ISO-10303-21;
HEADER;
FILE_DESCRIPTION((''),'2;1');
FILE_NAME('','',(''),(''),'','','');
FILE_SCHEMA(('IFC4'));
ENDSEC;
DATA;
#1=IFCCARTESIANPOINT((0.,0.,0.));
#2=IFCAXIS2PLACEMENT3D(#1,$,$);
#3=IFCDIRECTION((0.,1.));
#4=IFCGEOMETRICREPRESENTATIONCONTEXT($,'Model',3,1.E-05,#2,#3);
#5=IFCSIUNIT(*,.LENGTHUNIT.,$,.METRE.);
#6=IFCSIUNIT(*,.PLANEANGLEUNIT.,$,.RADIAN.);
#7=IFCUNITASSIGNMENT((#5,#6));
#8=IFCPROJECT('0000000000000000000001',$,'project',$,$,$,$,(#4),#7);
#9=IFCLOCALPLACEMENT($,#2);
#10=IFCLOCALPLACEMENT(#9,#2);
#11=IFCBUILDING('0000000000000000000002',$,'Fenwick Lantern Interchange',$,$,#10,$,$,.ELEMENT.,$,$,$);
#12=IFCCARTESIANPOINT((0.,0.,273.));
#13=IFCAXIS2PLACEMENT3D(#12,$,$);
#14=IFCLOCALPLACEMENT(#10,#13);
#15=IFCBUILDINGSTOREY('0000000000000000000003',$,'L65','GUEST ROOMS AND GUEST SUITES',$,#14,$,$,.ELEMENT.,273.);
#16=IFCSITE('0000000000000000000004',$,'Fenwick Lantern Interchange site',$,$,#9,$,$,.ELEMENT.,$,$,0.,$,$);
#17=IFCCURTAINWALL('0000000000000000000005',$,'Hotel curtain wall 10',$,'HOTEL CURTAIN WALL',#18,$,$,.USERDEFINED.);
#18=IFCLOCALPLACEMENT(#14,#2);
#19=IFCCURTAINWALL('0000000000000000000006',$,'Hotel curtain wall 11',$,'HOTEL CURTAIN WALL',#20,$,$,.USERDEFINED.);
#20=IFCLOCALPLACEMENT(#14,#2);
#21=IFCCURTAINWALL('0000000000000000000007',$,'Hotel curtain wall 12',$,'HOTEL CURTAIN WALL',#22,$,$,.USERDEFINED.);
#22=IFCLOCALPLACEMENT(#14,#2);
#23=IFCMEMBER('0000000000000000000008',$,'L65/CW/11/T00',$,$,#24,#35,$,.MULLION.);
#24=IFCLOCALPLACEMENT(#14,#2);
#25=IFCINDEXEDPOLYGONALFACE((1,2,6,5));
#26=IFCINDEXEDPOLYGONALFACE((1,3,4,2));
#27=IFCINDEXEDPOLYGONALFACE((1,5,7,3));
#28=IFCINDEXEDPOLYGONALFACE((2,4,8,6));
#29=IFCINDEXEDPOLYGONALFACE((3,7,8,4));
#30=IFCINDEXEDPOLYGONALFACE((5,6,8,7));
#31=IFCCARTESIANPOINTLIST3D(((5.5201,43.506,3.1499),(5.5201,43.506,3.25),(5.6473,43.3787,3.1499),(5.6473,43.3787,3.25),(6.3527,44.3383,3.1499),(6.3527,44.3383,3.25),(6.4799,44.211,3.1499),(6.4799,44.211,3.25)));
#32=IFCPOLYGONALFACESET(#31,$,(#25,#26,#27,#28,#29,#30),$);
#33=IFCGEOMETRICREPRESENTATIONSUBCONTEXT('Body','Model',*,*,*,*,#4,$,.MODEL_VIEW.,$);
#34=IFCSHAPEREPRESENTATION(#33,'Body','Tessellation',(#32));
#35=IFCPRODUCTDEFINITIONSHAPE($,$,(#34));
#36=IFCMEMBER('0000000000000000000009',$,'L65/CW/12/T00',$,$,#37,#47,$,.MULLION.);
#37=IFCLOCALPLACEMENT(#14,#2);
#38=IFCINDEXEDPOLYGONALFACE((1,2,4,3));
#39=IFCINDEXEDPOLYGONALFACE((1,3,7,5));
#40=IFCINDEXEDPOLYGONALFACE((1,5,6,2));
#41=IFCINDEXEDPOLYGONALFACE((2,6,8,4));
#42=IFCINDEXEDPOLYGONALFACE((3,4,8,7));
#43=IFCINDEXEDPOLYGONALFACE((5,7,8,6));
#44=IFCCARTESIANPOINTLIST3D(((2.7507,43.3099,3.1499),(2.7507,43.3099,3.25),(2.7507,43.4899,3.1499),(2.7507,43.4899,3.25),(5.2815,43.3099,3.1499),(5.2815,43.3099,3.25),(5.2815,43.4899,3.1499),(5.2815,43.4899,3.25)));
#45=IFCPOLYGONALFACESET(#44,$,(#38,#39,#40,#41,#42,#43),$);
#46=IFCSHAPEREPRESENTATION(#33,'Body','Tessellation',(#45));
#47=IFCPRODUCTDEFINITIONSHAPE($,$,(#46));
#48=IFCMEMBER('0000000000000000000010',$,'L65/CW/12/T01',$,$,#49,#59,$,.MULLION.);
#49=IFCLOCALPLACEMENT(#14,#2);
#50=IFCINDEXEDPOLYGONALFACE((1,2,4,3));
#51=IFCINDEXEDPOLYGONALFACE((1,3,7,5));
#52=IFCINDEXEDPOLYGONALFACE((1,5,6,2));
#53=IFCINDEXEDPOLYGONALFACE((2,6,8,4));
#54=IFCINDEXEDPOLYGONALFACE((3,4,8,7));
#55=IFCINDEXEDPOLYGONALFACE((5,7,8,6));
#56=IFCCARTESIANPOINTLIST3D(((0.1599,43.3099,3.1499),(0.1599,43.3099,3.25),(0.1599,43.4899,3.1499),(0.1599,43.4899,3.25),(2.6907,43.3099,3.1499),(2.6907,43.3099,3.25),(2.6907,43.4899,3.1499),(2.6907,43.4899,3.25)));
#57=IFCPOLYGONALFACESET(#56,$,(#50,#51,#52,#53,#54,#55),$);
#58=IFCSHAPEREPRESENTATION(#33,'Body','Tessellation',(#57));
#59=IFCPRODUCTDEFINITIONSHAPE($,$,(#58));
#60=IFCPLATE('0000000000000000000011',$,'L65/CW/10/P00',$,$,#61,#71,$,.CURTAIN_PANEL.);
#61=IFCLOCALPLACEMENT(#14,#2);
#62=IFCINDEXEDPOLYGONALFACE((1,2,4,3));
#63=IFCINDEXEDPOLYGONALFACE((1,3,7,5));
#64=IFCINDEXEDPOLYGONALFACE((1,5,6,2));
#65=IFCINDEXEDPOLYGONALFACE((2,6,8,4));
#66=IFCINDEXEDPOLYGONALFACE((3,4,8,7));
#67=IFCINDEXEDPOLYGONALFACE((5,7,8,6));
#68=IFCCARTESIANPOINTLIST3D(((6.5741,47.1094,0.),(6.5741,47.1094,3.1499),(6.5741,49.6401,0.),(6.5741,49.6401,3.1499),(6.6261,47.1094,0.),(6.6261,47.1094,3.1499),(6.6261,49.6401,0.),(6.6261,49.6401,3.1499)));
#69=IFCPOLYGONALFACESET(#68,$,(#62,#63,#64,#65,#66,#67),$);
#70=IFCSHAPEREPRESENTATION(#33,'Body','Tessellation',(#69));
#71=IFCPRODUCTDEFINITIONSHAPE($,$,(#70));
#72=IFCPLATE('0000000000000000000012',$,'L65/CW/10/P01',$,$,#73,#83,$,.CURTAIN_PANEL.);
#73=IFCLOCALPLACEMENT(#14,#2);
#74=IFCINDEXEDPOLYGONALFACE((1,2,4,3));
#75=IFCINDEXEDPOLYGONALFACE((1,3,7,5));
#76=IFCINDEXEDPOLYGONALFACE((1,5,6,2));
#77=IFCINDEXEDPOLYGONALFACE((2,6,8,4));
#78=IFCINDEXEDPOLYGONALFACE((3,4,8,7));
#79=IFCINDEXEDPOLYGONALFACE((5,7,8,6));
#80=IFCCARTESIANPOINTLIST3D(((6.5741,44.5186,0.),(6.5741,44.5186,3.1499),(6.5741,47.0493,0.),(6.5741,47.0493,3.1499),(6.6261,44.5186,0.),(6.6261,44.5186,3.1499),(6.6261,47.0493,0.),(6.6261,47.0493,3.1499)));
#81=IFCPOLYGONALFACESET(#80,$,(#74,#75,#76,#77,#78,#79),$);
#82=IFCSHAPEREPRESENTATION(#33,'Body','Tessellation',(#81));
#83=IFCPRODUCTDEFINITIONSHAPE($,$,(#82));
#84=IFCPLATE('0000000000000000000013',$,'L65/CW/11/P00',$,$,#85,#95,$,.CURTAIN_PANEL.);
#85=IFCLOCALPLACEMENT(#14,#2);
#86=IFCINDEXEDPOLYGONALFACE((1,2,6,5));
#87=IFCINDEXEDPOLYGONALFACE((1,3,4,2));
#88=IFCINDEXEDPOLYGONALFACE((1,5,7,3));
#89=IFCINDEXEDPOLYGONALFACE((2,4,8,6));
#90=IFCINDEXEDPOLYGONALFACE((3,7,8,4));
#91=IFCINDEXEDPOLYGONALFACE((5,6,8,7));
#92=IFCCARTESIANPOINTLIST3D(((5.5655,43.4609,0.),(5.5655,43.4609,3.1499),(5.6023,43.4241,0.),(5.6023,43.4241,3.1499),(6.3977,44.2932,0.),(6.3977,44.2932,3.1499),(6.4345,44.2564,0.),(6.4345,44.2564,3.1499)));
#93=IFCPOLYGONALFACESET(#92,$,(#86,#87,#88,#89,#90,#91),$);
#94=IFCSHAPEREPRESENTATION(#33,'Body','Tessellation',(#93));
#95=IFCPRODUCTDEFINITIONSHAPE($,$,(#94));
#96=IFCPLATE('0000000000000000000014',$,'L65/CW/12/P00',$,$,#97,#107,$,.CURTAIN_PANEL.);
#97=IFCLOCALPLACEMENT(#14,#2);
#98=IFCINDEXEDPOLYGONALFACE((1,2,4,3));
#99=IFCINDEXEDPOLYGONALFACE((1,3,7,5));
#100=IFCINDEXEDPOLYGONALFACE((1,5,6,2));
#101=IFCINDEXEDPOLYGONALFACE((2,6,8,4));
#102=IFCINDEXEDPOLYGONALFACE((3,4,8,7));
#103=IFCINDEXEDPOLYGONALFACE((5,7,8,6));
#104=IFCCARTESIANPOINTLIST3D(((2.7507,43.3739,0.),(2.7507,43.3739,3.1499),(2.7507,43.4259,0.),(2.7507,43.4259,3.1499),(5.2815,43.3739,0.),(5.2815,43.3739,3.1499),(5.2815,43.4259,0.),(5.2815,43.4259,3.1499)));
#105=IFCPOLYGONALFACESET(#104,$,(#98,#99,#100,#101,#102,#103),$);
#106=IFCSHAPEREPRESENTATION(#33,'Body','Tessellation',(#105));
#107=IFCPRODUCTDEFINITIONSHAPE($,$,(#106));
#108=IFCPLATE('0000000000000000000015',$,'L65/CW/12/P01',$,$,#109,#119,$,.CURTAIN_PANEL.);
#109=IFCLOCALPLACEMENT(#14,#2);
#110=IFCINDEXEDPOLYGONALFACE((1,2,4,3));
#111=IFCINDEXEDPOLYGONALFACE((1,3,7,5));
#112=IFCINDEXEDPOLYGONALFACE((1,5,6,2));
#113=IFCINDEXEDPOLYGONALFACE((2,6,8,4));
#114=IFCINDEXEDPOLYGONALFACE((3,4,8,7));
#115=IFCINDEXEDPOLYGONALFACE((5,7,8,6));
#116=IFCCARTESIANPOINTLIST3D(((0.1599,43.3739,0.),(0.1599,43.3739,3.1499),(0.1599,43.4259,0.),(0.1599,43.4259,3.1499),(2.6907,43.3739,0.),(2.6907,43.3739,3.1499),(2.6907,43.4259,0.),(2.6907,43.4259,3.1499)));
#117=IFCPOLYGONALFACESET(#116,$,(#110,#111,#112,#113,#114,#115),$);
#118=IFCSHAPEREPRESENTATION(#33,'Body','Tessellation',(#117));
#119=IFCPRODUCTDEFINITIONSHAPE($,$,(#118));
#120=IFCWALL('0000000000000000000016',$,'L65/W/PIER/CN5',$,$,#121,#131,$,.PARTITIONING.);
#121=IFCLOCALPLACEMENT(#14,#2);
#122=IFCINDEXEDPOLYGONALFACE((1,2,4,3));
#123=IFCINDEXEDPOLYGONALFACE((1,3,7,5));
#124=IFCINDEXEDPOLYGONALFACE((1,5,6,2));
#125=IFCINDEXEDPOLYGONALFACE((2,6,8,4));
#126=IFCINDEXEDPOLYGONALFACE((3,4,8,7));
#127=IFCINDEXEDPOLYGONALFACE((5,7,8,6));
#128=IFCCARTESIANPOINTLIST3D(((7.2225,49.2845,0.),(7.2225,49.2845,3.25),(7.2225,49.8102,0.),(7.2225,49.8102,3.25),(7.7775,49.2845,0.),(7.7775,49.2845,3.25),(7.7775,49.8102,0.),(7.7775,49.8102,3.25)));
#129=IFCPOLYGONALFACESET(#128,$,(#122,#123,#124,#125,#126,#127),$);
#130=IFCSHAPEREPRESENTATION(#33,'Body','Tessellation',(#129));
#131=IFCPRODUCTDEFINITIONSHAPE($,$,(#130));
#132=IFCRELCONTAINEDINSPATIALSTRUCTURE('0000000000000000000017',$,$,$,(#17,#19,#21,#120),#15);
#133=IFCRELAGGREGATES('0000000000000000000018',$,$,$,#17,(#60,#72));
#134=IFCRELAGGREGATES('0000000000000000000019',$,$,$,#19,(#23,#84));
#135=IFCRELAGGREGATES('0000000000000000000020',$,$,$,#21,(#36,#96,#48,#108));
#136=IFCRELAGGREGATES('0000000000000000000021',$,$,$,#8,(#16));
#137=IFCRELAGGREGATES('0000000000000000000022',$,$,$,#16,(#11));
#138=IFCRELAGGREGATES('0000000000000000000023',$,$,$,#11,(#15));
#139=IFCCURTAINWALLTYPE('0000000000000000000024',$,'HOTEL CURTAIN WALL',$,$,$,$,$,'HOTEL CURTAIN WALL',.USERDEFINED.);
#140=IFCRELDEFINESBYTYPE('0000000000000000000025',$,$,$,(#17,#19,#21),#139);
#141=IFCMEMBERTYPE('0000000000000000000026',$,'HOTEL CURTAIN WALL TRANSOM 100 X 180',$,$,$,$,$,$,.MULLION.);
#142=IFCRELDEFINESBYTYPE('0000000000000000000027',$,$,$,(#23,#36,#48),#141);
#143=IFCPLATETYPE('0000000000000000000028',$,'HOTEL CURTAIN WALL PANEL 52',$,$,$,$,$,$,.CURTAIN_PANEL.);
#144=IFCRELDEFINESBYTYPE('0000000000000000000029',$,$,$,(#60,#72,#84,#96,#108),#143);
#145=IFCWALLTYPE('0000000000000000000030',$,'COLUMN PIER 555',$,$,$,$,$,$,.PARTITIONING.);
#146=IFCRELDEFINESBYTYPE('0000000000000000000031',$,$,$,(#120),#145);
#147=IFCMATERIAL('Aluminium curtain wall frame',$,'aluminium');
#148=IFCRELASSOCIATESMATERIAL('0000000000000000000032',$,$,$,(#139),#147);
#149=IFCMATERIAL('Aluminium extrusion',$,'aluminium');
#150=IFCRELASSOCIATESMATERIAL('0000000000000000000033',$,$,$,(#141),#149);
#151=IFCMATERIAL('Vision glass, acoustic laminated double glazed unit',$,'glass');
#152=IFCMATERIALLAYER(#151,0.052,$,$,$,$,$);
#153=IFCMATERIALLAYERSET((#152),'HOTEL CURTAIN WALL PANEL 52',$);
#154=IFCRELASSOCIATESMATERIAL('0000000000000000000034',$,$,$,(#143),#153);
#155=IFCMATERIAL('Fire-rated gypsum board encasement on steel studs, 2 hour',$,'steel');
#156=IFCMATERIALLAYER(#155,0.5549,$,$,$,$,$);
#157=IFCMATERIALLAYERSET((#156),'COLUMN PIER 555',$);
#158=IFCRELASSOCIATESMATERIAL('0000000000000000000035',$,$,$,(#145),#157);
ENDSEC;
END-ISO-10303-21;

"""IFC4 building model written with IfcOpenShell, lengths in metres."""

from ifc_helpers import new_model, si_unit, direction, frame, frame_2d, origin, origin_2d, place, context, subcontext, project, spatial, rectangle, extrude, material, layer, layer_set, material_profile, profile_set, type_object, element, aggregate, save


model = new_model("IFC4")

# Units and contexts
model_context = context("Model", 3, precision=1e-05, world=origin(), true_north=direction((0.0, 1.0)))
body_context = subcontext(model_context, "Body", "Model", "MODEL_VIEW")
ifc_project = project(units=[si_unit("LENGTHUNIT", "METRE"), si_unit("PLANEANGLEUNIT", "RADIAN")], contexts=[model_context])

# Site, building, storey
site_placement = place(None, origin())
site = spatial("IfcSite", under=ifc_project, at=site_placement, Name="Fenwick Lantern Interchange site", CompositionType="ELEMENT", RefElevation=0.0)
building_placement = place(site_placement, origin())
building = spatial("IfcBuilding", under=site, at=building_placement, Name="Fenwick Lantern Interchange", CompositionType="ELEMENT")
storey_placement = place(building_placement, frame((0.0, 0.0, 273.0)))
storey = spatial("IfcBuildingStorey", under=building, at=storey_placement, Name="L65", Description="GUEST ROOMS AND GUEST SUITES", CompositionType="ELEMENT", Elevation=273.0)

# Shared definitions
ifc_material_1 = material(Name="Aluminium curtain wall frame", Category="aluminium")
curtain_wall_type = type_object("IfcCurtainWallType", Name="HOTEL CURTAIN WALL", ElementType="HOTEL CURTAIN WALL", PredefinedType="USERDEFINED", material=ifc_material_1)
ifc_material_2 = material(Name="Aluminium extrusion", Category="aluminium")

# Curtain walls
curtain_wall_1_placement = place(storey_placement, origin())
curtain_wall_1 = element("IfcCurtainWall", 1, at=curtain_wall_1_placement, inside=storey, type_object=curtain_wall_type, Name="Hotel curtain wall 10", ObjectType="HOTEL CURTAIN WALL", PredefinedType="USERDEFINED")
curtain_wall_2_placement = place(storey_placement, origin())
curtain_wall_2 = element("IfcCurtainWall", 2, at=curtain_wall_2_placement, inside=storey, type_object=curtain_wall_type, Name="Hotel curtain wall 11", ObjectType="HOTEL CURTAIN WALL", PredefinedType="USERDEFINED")
curtain_wall_3_placement = place(storey_placement, origin())
curtain_wall_3 = element("IfcCurtainWall", 3, at=curtain_wall_3_placement, inside=storey, type_object=curtain_wall_type, Name="Hotel curtain wall 12", ObjectType="HOTEL CURTAIN WALL", PredefinedType="USERDEFINED")

# Members
ifc_material_profile_1 = material_profile(ifc_material_2, rectangle(XDim=0.1799, YDim=0.1001, at=origin_2d()), Name="HOTEL CURTAIN WALL TRANSOM 100 X 180")
ifc_profile_set_1 = profile_set([ifc_material_profile_1], Name="Aluminium extrusion")
member_type_1 = type_object("IfcMemberType", Name="HOTEL CURTAIN WALL TRANSOM 100 X 180", PredefinedType="MULLION", material=ifc_profile_set_1)
member_1_placement = place(storey_placement, frame((6.4163, 44.2747, 3.2), z_axis=(-0.70721, -0.707003, 0.0), x_axis=(0.707003, -0.70721, 0.0)))
member_1 = element("IfcMember", 4, at=member_1_placement, type_object=member_type_1, Name="L65/CW/11/T00", PredefinedType="MULLION", context=body_context, shape_type="SweptSolid", body=[
    extrude(rectangle(XDim=0.1799, YDim=0.1001, at=origin_2d()), origin(), (0.0, 0.0, 1.0), 1.1772),
])
member_2_placement = place(storey_placement, frame((5.2815, 43.3999, 3.2), z_axis=(-1.0, 0.0, 0.0), x_axis=(0.0, -1.0, 0.0)))
member_2 = element("IfcMember", 5, at=member_2_placement, type_object=member_type_1, Name="L65/CW/12/T00", PredefinedType="MULLION", context=body_context, shape_type="SweptSolid", body=[
    extrude(rectangle(XDim=0.1799, YDim=0.1001, at=origin_2d()), origin(), (0.0, 0.0, 1.0), 2.5308),
])
member_3_placement = place(storey_placement, frame((2.6907, 43.3999, 3.2), z_axis=(-1.0, 0.0, 0.0), x_axis=(0.0, -1.0, 0.0)))
member_3 = element("IfcMember", 6, at=member_3_placement, type_object=member_type_1, Name="L65/CW/12/T01", PredefinedType="MULLION", context=body_context, shape_type="SweptSolid", body=[
    extrude(rectangle(XDim=0.1799, YDim=0.1001, at=origin_2d()), origin(), (0.0, 0.0, 1.0), 2.5308),
])

# Plates
ifc_material_3 = material(Name="Vision glass, acoustic laminated double glazed unit", Category="glass")
ifc_layer_1 = layer(ifc_material_3, 0.052)
ifc_layer_set_1 = layer_set([ifc_layer_1], Name="HOTEL CURTAIN WALL PANEL 52")
plate_type = type_object("IfcPlateType", Name="HOTEL CURTAIN WALL PANEL 52", PredefinedType="CURTAIN_PANEL", material=ifc_layer_set_1)
plate_1_placement = place(storey_placement, frame((6.6001, 48.3748, 0.0), z_axis=(0.0, 0.0, 1.0), x_axis=(0.0, -1.0, 0.0)))
plate_1 = element("IfcPlate", 7, at=plate_1_placement, type_object=plate_type, Name="L65/CW/10/P00", PredefinedType="CURTAIN_PANEL", context=body_context, shape_type="SweptSolid", body=[
    extrude(rectangle(XDim=2.5308, YDim=0.052, at=origin_2d()), origin(), (0.0, 0.0, 1.0), 3.1499),
])
plate_2_placement = place(storey_placement, frame((6.6001, 45.7839, 0.0), z_axis=(0.0, 0.0, 1.0), x_axis=(0.0, -1.0, 0.0)))
plate_2 = element("IfcPlate", 8, at=plate_2_placement, type_object=plate_type, Name="L65/CW/10/P01", PredefinedType="CURTAIN_PANEL", context=body_context, shape_type="SweptSolid", body=[
    extrude(rectangle(XDim=2.5308, YDim=0.052, at=origin_2d()), origin(), (0.0, 0.0, 1.0), 3.1499),
])
aggregate(curtain_wall_1, [plate_1, plate_2])
plate_3_placement = place(storey_placement, frame((6.0, 43.8586, 0.0), z_axis=(0.0, 0.0, 1.0), x_axis=(-0.707107, -0.707107, 0.0)))
plate_3 = element("IfcPlate", 9, at=plate_3_placement, type_object=plate_type, Name="L65/CW/11/P00", PredefinedType="CURTAIN_PANEL", context=body_context, shape_type="SweptSolid", body=[
    extrude(rectangle(XDim=1.177, YDim=0.052, at=origin_2d()), origin(), (0.0, 0.0, 1.0), 3.1499),
])
aggregate(curtain_wall_2, [member_1, plate_3])
plate_4_placement = place(storey_placement, frame((4.0161, 43.3999, 0.0), z_axis=(0.0, 0.0, 1.0), x_axis=(-1.0, 0.0, 0.0)))
plate_4 = element("IfcPlate", 10, at=plate_4_placement, type_object=plate_type, Name="L65/CW/12/P00", PredefinedType="CURTAIN_PANEL", context=body_context, shape_type="SweptSolid", body=[
    extrude(rectangle(XDim=2.5308, YDim=0.052, at=origin_2d()), origin(), (0.0, 0.0, 1.0), 3.1499),
])
plate_5_placement = place(storey_placement, frame((1.4253, 43.3999, 0.0), z_axis=(0.0, 0.0, 1.0), x_axis=(-1.0, 0.0, 0.0)))
plate_5 = element("IfcPlate", 11, at=plate_5_placement, type_object=plate_type, Name="L65/CW/12/P01", PredefinedType="CURTAIN_PANEL", context=body_context, shape_type="SweptSolid", body=[
    extrude(rectangle(XDim=2.5308, YDim=0.052, at=origin_2d()), origin(), (0.0, 0.0, 1.0), 3.1499),
])
aggregate(curtain_wall_3, [member_2, plate_4, member_3, plate_5])

# Wall
ifc_material_4 = material(Name="Fire-rated gypsum board encasement on steel studs, 2 hour", Category="steel")
ifc_layer_2 = layer(ifc_material_4, 0.5549)
ifc_layer_set_2 = layer_set([ifc_layer_2], Name="COLUMN PIER 555")
wall_type = type_object("IfcWallType", Name="COLUMN PIER 555", PredefinedType="PARTITIONING", material=ifc_layer_set_2)
wall_placement = place(storey_placement, frame((7.5, 49.8101, 0.0), z_axis=(0.0, 0.0, 1.0), x_axis=(0.0, -1.0, 0.0)))
element("IfcWall", 12, at=wall_placement, inside=storey, type_object=wall_type, Name="L65/W/PIER/CN5", PredefinedType="PARTITIONING", context=body_context, shape_type="SweptSolid", body=[
    extrude(rectangle(XDim=0.5256, YDim=0.5549, at=frame_2d((0.2627, 0.0))), origin(), (0.0, 0.0, 1.0), 3.25),
])

save(model, "model.ifc")
